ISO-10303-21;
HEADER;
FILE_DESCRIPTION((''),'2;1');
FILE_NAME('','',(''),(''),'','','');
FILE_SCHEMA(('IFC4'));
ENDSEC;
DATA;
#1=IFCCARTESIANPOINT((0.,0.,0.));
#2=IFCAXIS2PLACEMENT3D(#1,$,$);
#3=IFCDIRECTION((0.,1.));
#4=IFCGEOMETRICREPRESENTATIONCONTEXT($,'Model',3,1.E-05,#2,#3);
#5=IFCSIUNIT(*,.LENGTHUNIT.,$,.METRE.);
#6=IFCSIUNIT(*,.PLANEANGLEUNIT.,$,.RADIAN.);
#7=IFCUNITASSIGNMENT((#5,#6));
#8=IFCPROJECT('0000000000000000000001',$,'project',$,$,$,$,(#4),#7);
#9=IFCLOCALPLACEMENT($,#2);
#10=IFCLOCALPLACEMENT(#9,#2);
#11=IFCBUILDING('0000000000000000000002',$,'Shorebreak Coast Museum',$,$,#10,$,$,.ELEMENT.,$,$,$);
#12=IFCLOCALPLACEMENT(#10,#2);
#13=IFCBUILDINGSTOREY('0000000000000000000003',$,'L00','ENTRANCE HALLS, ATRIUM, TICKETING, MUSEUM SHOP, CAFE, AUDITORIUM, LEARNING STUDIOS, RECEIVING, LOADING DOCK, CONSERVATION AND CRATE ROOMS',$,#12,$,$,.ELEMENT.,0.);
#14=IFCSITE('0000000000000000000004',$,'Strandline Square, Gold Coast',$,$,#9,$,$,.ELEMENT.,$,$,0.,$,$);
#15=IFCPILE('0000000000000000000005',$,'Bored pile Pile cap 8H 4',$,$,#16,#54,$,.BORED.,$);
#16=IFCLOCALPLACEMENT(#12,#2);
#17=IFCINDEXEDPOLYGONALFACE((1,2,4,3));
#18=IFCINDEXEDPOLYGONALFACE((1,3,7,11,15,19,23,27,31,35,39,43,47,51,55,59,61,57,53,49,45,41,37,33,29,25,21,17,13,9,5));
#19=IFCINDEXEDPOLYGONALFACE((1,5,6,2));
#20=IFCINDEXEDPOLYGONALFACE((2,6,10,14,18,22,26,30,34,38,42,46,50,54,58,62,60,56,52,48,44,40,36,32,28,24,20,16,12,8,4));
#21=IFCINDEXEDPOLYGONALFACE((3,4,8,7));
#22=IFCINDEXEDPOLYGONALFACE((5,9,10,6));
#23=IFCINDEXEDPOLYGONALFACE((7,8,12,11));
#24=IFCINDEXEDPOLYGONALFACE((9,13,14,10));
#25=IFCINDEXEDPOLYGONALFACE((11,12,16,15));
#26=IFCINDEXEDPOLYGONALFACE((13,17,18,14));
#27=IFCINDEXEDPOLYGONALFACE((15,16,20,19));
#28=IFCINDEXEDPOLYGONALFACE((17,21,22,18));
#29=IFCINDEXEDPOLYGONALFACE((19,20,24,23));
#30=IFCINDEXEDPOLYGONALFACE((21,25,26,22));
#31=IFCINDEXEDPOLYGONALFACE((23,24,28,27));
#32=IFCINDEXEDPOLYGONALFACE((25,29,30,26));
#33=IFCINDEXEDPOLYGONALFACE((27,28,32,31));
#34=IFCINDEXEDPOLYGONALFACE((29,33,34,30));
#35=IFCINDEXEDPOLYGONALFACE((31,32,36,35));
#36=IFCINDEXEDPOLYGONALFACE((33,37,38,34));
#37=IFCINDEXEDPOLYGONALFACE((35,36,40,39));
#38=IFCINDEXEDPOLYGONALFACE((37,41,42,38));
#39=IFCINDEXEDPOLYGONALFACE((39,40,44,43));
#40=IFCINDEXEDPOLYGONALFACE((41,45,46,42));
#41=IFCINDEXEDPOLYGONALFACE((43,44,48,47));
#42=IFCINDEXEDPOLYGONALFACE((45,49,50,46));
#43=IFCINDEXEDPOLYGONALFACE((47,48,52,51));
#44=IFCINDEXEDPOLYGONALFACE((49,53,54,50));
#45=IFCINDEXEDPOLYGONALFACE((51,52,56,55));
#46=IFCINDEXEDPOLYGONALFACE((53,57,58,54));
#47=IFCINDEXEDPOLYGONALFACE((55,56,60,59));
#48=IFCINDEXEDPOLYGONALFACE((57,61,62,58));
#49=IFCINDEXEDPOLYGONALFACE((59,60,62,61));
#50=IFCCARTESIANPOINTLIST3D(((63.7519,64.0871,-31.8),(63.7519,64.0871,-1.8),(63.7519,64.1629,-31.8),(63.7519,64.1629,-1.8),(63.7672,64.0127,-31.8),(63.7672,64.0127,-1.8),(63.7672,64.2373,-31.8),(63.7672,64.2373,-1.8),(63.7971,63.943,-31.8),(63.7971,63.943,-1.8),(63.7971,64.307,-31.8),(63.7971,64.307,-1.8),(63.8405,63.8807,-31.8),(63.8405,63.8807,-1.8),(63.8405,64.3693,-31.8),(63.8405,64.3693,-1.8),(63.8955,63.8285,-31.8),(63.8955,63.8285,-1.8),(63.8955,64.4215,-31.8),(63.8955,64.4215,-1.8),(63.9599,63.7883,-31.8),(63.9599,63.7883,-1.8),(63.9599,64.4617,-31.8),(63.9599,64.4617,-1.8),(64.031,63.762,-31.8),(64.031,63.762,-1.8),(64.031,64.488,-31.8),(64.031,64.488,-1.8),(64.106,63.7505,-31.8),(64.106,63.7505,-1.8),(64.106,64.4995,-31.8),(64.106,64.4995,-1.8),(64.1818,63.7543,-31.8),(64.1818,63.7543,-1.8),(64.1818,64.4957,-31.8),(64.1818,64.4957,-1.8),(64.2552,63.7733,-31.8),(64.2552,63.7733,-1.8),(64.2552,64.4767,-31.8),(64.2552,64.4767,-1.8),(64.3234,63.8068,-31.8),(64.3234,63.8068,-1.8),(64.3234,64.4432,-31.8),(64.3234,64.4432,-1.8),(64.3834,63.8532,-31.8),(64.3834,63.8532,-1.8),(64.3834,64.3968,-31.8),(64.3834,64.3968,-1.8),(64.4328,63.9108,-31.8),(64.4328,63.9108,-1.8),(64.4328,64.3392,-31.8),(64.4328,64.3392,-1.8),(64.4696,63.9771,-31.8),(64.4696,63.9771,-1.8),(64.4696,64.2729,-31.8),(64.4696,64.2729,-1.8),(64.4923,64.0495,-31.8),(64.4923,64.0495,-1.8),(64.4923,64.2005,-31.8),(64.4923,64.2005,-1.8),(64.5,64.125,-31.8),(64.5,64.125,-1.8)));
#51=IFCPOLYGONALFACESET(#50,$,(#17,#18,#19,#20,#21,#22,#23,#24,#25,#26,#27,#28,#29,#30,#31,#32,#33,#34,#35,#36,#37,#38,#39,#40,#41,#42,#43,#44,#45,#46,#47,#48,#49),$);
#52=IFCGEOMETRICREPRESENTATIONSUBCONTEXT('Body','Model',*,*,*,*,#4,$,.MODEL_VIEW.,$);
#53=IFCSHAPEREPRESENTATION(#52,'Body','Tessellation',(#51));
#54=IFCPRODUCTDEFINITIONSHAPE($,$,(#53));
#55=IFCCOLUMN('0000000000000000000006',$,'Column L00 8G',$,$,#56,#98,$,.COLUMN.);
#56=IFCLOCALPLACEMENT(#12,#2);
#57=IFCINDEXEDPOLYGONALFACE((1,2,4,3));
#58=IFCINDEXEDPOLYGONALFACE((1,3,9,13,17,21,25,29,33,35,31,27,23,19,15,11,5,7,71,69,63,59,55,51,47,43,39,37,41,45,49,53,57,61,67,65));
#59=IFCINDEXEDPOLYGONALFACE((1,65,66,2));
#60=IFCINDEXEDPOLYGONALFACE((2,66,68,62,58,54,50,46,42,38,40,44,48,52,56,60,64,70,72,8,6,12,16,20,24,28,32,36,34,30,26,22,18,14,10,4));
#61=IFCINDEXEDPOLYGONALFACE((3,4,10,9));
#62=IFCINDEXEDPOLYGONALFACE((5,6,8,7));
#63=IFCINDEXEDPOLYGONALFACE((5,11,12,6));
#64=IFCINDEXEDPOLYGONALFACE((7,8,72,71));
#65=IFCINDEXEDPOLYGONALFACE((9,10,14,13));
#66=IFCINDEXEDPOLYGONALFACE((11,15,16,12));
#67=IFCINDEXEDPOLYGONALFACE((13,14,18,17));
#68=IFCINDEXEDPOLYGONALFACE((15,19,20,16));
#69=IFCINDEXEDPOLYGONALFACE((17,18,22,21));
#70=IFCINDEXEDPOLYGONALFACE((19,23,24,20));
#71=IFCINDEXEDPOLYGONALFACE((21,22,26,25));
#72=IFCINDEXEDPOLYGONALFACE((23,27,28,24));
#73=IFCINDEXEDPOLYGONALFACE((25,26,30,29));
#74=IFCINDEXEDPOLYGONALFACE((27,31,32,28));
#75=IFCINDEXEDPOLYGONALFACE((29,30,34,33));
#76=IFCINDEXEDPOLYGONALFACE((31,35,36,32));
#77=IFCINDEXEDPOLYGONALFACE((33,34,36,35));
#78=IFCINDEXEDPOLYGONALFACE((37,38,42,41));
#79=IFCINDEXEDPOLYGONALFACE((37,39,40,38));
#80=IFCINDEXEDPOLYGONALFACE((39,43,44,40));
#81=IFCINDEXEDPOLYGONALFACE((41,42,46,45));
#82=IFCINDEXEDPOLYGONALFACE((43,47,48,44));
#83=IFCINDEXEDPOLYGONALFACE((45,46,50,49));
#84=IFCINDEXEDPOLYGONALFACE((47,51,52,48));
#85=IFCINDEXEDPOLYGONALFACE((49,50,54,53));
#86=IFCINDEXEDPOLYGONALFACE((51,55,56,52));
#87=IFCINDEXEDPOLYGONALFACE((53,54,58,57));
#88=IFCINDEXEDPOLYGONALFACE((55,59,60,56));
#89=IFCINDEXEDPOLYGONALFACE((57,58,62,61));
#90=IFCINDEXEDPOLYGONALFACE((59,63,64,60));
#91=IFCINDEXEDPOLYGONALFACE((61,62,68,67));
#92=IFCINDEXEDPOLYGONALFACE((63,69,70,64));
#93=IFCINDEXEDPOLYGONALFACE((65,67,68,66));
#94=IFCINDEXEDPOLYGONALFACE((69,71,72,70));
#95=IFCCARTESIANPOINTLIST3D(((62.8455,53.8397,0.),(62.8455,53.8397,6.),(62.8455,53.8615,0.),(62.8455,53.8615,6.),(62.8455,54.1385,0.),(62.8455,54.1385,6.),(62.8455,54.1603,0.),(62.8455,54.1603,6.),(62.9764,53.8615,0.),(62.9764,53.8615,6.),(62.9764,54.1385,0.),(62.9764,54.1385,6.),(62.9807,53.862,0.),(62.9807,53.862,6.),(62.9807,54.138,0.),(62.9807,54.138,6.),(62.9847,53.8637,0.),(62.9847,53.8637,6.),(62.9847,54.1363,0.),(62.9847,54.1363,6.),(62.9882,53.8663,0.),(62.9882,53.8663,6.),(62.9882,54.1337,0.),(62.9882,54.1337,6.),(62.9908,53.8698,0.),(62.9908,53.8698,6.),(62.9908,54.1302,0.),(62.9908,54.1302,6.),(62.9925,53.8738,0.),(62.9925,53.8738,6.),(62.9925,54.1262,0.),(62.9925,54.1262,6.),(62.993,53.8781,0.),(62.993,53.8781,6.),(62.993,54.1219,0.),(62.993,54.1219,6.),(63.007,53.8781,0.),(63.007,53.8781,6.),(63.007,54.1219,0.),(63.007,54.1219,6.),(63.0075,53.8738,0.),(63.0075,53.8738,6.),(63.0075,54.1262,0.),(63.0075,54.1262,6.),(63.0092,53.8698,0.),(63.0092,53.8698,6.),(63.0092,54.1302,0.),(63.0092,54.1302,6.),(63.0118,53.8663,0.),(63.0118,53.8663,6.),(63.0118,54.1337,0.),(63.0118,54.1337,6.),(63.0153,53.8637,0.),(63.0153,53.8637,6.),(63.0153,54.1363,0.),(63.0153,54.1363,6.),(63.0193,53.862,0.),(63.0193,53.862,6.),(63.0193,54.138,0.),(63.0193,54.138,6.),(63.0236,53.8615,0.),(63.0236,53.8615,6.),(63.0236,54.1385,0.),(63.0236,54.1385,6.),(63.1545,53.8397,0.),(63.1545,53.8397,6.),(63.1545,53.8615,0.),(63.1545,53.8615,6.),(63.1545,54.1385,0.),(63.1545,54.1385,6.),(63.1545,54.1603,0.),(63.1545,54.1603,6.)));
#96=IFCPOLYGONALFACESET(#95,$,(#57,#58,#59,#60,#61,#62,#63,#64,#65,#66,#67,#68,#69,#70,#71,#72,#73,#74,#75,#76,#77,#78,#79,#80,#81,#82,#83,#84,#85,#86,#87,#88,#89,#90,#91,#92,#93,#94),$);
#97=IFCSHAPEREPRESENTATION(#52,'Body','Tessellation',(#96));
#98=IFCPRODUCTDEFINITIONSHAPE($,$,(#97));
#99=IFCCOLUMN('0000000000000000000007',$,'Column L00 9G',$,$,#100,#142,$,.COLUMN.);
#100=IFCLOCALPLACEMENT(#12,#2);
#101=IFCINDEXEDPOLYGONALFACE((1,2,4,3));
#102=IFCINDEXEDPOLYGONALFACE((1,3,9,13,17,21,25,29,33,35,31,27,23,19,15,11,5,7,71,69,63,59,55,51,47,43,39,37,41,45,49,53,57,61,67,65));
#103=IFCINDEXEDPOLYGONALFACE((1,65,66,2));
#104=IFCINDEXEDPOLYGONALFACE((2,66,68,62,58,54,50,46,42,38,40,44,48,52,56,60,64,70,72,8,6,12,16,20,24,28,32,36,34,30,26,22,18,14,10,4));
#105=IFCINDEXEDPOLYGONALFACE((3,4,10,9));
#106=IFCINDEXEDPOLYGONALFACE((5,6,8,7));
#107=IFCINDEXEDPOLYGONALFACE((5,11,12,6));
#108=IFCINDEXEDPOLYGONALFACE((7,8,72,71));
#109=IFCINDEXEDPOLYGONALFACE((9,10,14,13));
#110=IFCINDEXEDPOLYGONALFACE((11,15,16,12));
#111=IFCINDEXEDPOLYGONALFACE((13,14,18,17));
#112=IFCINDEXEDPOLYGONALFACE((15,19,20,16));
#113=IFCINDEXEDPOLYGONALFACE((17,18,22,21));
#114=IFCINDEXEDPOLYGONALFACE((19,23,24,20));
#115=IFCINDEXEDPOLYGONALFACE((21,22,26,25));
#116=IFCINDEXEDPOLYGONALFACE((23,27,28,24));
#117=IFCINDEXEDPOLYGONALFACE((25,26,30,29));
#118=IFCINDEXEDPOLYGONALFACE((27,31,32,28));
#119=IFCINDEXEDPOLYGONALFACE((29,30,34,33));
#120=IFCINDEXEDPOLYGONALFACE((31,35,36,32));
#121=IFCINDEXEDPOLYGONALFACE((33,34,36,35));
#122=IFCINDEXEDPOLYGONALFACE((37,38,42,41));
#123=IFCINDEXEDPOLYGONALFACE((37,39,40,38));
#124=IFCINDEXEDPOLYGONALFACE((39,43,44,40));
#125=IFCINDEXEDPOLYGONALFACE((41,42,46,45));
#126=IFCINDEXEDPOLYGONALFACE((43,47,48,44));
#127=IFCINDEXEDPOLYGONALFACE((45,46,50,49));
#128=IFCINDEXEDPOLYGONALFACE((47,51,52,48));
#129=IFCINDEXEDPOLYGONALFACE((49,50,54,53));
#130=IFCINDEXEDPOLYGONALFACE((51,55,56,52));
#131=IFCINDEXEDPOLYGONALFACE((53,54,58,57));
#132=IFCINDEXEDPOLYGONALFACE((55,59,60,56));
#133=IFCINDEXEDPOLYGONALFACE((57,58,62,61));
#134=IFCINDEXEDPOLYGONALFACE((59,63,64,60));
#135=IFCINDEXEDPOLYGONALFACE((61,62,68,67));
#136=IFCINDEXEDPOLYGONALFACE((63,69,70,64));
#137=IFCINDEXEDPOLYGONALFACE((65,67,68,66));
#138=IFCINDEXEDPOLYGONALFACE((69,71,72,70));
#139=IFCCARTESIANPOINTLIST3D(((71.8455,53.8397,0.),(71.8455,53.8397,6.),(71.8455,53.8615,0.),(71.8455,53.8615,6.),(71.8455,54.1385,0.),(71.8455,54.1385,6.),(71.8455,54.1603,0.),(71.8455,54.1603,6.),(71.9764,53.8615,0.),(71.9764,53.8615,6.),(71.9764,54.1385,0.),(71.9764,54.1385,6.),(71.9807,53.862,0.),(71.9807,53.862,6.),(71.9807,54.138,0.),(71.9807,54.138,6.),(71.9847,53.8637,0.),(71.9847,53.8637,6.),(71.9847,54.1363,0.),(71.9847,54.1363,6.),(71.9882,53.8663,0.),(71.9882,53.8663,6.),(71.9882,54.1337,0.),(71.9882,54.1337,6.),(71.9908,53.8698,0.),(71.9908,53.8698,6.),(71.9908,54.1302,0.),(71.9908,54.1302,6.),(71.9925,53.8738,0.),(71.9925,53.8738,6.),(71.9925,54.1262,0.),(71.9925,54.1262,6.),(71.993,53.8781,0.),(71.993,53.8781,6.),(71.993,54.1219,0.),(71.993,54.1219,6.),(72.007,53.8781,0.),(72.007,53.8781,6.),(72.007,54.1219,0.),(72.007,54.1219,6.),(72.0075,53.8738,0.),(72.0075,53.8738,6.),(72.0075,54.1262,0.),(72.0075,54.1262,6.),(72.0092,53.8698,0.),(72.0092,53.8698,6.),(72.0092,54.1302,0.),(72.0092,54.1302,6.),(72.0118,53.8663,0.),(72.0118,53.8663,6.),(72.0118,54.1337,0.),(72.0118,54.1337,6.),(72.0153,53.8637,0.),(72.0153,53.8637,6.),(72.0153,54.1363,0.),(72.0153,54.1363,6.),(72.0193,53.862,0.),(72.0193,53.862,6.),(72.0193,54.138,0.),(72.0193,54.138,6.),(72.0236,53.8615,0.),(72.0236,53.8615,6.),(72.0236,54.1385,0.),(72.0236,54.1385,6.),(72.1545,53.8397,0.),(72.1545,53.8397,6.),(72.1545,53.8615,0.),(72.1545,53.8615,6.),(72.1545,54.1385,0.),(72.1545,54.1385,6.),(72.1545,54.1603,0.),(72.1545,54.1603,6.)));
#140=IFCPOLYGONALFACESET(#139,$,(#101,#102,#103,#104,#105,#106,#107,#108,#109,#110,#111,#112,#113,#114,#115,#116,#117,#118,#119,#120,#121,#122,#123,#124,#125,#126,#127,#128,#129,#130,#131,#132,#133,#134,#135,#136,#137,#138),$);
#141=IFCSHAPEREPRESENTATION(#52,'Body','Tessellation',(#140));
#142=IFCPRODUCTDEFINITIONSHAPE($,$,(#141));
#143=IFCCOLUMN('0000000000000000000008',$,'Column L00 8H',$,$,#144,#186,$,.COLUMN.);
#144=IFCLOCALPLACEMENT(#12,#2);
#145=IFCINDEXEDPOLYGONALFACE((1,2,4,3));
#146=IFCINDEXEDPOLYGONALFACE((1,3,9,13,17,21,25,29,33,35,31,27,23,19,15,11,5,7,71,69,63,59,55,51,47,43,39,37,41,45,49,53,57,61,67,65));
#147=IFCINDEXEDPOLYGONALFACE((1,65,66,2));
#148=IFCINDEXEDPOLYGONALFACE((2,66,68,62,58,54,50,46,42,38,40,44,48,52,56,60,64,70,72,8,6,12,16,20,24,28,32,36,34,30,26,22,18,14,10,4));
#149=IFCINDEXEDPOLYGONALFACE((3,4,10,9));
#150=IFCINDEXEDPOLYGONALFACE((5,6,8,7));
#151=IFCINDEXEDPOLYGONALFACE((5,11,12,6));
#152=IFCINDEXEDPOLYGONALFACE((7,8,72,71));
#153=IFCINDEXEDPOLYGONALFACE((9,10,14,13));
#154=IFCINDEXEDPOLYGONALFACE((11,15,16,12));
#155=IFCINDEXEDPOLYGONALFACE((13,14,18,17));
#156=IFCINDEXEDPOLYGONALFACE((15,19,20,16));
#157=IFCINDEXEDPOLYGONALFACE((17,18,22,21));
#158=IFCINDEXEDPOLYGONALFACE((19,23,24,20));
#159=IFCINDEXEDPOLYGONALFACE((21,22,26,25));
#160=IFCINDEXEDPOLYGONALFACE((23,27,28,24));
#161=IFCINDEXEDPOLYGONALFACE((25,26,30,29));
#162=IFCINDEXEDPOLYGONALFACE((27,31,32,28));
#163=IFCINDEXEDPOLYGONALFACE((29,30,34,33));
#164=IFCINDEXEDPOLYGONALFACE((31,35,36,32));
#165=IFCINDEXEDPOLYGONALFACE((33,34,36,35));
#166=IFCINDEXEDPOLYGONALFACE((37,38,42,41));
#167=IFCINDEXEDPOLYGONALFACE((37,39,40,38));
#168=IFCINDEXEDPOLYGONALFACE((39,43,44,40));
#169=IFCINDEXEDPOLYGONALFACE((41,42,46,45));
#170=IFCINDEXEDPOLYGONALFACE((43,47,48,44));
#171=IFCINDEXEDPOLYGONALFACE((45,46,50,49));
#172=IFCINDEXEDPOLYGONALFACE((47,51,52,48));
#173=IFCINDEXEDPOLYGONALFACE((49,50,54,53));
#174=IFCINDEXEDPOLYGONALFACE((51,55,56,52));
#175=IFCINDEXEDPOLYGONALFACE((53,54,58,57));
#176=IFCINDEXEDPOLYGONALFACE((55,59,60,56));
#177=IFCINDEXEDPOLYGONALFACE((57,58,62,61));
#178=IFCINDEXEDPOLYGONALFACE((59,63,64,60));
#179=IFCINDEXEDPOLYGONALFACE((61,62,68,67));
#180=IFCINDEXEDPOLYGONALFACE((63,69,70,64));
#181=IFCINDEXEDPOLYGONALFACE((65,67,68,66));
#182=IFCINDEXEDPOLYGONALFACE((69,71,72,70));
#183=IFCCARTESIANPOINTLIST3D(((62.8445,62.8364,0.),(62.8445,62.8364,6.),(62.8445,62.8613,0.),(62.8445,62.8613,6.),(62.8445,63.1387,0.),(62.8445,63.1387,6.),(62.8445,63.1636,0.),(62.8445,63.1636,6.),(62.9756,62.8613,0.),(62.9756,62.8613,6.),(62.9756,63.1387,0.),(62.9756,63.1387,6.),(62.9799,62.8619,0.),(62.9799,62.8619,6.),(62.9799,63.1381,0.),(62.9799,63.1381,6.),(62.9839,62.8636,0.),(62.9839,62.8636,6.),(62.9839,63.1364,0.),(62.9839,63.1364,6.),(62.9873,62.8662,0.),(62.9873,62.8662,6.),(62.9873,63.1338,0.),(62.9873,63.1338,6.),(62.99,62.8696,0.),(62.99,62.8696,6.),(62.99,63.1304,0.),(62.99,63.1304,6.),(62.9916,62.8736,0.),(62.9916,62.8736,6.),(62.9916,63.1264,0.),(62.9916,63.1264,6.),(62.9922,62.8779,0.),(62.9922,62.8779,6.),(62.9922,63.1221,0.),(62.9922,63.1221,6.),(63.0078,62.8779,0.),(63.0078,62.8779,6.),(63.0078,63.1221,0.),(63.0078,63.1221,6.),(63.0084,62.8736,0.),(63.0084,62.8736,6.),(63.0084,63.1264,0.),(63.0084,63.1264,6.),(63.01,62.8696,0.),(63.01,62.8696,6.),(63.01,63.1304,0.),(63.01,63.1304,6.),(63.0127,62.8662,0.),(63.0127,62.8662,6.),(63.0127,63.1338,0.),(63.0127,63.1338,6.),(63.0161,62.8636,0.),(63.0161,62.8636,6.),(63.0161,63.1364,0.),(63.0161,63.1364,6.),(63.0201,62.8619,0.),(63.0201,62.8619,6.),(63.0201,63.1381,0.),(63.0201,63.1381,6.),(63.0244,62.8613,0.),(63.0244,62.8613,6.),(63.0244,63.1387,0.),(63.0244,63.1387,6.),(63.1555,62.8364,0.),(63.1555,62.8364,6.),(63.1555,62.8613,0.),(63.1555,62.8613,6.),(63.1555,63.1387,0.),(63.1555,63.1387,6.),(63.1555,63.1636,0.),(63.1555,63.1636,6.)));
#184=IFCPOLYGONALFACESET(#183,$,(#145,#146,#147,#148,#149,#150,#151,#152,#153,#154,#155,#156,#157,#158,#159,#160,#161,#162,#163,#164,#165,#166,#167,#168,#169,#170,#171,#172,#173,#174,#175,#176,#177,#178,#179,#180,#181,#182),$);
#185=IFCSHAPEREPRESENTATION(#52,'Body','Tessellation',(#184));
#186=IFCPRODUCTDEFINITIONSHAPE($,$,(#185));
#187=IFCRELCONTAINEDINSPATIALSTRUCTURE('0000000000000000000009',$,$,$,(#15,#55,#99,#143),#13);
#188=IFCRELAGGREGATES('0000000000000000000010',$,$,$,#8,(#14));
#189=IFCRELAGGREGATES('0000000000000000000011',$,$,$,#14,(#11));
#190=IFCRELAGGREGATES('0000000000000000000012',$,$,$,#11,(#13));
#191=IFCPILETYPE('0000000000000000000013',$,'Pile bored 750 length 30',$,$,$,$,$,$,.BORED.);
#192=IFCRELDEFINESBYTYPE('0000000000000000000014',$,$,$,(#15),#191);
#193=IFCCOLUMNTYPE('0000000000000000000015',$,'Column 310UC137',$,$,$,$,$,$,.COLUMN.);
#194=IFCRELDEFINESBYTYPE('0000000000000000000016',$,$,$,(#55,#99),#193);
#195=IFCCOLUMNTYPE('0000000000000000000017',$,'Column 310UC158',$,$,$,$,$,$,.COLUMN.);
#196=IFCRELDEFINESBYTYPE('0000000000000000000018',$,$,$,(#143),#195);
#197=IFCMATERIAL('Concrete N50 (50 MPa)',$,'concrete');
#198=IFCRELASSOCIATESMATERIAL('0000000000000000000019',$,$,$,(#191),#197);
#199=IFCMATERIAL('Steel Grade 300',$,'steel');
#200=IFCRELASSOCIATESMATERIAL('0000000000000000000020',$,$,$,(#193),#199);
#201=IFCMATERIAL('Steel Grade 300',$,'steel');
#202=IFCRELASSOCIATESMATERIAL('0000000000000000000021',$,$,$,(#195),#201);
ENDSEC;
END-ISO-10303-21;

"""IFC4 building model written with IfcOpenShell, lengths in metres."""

from ifc_helpers import new_model, si_unit, direction, frame, origin, origin_2d, place, context, subcontext, project, spatial, circle, i_section, extrude, material, material_profile, profile_set, type_object, element, save


model = new_model("IFC4")

# Units and contexts
model_context = context("Model", 3, precision=1e-05, world=origin(), true_north=direction((0.0, 1.0)))
body_context = subcontext(model_context, "Body", "Model", "MODEL_VIEW")
ifc_project = project(units=[si_unit("LENGTHUNIT", "METRE"), si_unit("PLANEANGLEUNIT", "RADIAN")], contexts=[model_context])

# Site, building, storey
site_placement = place(None, origin())
site = spatial("IfcSite", under=ifc_project, at=site_placement, Name="Strandline Square, Gold Coast", CompositionType="ELEMENT", RefElevation=0.0)
building_placement = place(site_placement, origin())
building = spatial("IfcBuilding", under=site, at=building_placement, Name="Shorebreak Coast Museum", CompositionType="ELEMENT")
storey_placement = place(building_placement, origin())
storey = spatial("IfcBuildingStorey", under=building, at=storey_placement, Name="L00", Description="ENTRANCE HALLS, ATRIUM, TICKETING, MUSEUM SHOP, CAFE, AUDITORIUM, LEARNING STUDIOS, RECEIVING, LOADING DOCK, CONSERVATION AND CRATE ROOMS", CompositionType="ELEMENT", Elevation=0.0)

# Pile
ifc_material_1 = material(Name="Concrete N50 (50 MPa)", Category="concrete")
ifc_material_profile_1 = material_profile(ifc_material_1, circle(Radius=0.375, at=origin_2d()), Name="Pile bored 750 length 30")
ifc_profile_set_1 = profile_set([ifc_material_profile_1], Name="Concrete N50 (50 MPa)")
pile_type_1 = type_object("IfcPileType", Name="Pile bored 750 length 30", PredefinedType="BORED", material=ifc_profile_set_1)
for number, where, z_axis, x_axis, name in (
    (1, (64.125, 64.125, -1.8), (0.0, 0.0, -1.0), (1.0, 0.0, 0.0), "Bored pile Pile cap 8H 4"),
):
    element("IfcPile", number, at=place(storey_placement, frame(where, z_axis=z_axis, x_axis=x_axis)), inside=storey, type_object=pile_type_1, Name=name, PredefinedType="BORED", context=body_context, shape_type="SweptSolid", body=[
        extrude(circle(Radius=0.375, at=origin_2d()), origin(), (0.0, 0.0, 1.0), 30.0),
    ])

# Columns
ifc_material_2 = material(Name="Steel Grade 300", Category="steel")
ifc_material_profile_2 = material_profile(ifc_material_2, i_section(OverallWidth=0.3091, OverallDepth=0.3206, WebThickness=0.0139, FlangeThickness=0.0217, FilletRadius=0.0166, at=origin_2d()), Name="310UC137")
ifc_profile_set_2 = profile_set([ifc_material_profile_2], Name="Steel Grade 300")
column_type_1 = type_object("IfcColumnType", Name="Column 310UC137", PredefinedType="COLUMN", material=ifc_profile_set_2)
for number, where, z_axis, x_axis, name in (
    (2, (63.0, 54.0, 0.0), (0.0, 0.0, 1.0), (1.0, 0.0, 0.0), "Column L00 8G"),
    (3, (72.0, 54.0, 0.0), (0.0, 0.0, 1.0), (1.0, 0.0, 0.0), "Column L00 9G"),
):
    element("IfcColumn", number, at=place(storey_placement, frame(where, z_axis=z_axis, x_axis=x_axis)), inside=storey, type_object=column_type_1, Name=name, PredefinedType="COLUMN", context=body_context, shape_type="SweptSolid", body=[
        extrude(i_section(OverallWidth=0.3091, OverallDepth=0.3206, WebThickness=0.0139, FlangeThickness=0.0217, FilletRadius=0.0166, at=origin_2d()), origin(), (0.0, 0.0, 1.0), 6.0),
    ])
ifc_material_3 = material(Name="Steel Grade 300", Category="steel")
ifc_material_profile_3 = material_profile(ifc_material_3, i_section(OverallWidth=0.311, OverallDepth=0.3271, WebThickness=0.0156, FlangeThickness=0.0249, FilletRadius=0.0166, at=origin_2d()), Name="310UC158")
ifc_profile_set_3 = profile_set([ifc_material_profile_3], Name="Steel Grade 300")
column_type_2 = type_object("IfcColumnType", Name="Column 310UC158", PredefinedType="COLUMN", material=ifc_profile_set_3)
for number, where, z_axis, x_axis, name in (
    (4, (63.0, 63.0, 0.0), (0.0, 0.0, 1.0), (1.0, 0.0, 0.0), "Column L00 8H"),
):
    element("IfcColumn", number, at=place(storey_placement, frame(where, z_axis=z_axis, x_axis=x_axis)), inside=storey, type_object=column_type_2, Name=name, PredefinedType="COLUMN", context=body_context, shape_type="SweptSolid", body=[
        extrude(i_section(OverallWidth=0.311, OverallDepth=0.3271, WebThickness=0.0156, FlangeThickness=0.0249, FilletRadius=0.0166, at=origin_2d()), origin(), (0.0, 0.0, 1.0), 6.0),
    ])

save(model, "model.ifc")
